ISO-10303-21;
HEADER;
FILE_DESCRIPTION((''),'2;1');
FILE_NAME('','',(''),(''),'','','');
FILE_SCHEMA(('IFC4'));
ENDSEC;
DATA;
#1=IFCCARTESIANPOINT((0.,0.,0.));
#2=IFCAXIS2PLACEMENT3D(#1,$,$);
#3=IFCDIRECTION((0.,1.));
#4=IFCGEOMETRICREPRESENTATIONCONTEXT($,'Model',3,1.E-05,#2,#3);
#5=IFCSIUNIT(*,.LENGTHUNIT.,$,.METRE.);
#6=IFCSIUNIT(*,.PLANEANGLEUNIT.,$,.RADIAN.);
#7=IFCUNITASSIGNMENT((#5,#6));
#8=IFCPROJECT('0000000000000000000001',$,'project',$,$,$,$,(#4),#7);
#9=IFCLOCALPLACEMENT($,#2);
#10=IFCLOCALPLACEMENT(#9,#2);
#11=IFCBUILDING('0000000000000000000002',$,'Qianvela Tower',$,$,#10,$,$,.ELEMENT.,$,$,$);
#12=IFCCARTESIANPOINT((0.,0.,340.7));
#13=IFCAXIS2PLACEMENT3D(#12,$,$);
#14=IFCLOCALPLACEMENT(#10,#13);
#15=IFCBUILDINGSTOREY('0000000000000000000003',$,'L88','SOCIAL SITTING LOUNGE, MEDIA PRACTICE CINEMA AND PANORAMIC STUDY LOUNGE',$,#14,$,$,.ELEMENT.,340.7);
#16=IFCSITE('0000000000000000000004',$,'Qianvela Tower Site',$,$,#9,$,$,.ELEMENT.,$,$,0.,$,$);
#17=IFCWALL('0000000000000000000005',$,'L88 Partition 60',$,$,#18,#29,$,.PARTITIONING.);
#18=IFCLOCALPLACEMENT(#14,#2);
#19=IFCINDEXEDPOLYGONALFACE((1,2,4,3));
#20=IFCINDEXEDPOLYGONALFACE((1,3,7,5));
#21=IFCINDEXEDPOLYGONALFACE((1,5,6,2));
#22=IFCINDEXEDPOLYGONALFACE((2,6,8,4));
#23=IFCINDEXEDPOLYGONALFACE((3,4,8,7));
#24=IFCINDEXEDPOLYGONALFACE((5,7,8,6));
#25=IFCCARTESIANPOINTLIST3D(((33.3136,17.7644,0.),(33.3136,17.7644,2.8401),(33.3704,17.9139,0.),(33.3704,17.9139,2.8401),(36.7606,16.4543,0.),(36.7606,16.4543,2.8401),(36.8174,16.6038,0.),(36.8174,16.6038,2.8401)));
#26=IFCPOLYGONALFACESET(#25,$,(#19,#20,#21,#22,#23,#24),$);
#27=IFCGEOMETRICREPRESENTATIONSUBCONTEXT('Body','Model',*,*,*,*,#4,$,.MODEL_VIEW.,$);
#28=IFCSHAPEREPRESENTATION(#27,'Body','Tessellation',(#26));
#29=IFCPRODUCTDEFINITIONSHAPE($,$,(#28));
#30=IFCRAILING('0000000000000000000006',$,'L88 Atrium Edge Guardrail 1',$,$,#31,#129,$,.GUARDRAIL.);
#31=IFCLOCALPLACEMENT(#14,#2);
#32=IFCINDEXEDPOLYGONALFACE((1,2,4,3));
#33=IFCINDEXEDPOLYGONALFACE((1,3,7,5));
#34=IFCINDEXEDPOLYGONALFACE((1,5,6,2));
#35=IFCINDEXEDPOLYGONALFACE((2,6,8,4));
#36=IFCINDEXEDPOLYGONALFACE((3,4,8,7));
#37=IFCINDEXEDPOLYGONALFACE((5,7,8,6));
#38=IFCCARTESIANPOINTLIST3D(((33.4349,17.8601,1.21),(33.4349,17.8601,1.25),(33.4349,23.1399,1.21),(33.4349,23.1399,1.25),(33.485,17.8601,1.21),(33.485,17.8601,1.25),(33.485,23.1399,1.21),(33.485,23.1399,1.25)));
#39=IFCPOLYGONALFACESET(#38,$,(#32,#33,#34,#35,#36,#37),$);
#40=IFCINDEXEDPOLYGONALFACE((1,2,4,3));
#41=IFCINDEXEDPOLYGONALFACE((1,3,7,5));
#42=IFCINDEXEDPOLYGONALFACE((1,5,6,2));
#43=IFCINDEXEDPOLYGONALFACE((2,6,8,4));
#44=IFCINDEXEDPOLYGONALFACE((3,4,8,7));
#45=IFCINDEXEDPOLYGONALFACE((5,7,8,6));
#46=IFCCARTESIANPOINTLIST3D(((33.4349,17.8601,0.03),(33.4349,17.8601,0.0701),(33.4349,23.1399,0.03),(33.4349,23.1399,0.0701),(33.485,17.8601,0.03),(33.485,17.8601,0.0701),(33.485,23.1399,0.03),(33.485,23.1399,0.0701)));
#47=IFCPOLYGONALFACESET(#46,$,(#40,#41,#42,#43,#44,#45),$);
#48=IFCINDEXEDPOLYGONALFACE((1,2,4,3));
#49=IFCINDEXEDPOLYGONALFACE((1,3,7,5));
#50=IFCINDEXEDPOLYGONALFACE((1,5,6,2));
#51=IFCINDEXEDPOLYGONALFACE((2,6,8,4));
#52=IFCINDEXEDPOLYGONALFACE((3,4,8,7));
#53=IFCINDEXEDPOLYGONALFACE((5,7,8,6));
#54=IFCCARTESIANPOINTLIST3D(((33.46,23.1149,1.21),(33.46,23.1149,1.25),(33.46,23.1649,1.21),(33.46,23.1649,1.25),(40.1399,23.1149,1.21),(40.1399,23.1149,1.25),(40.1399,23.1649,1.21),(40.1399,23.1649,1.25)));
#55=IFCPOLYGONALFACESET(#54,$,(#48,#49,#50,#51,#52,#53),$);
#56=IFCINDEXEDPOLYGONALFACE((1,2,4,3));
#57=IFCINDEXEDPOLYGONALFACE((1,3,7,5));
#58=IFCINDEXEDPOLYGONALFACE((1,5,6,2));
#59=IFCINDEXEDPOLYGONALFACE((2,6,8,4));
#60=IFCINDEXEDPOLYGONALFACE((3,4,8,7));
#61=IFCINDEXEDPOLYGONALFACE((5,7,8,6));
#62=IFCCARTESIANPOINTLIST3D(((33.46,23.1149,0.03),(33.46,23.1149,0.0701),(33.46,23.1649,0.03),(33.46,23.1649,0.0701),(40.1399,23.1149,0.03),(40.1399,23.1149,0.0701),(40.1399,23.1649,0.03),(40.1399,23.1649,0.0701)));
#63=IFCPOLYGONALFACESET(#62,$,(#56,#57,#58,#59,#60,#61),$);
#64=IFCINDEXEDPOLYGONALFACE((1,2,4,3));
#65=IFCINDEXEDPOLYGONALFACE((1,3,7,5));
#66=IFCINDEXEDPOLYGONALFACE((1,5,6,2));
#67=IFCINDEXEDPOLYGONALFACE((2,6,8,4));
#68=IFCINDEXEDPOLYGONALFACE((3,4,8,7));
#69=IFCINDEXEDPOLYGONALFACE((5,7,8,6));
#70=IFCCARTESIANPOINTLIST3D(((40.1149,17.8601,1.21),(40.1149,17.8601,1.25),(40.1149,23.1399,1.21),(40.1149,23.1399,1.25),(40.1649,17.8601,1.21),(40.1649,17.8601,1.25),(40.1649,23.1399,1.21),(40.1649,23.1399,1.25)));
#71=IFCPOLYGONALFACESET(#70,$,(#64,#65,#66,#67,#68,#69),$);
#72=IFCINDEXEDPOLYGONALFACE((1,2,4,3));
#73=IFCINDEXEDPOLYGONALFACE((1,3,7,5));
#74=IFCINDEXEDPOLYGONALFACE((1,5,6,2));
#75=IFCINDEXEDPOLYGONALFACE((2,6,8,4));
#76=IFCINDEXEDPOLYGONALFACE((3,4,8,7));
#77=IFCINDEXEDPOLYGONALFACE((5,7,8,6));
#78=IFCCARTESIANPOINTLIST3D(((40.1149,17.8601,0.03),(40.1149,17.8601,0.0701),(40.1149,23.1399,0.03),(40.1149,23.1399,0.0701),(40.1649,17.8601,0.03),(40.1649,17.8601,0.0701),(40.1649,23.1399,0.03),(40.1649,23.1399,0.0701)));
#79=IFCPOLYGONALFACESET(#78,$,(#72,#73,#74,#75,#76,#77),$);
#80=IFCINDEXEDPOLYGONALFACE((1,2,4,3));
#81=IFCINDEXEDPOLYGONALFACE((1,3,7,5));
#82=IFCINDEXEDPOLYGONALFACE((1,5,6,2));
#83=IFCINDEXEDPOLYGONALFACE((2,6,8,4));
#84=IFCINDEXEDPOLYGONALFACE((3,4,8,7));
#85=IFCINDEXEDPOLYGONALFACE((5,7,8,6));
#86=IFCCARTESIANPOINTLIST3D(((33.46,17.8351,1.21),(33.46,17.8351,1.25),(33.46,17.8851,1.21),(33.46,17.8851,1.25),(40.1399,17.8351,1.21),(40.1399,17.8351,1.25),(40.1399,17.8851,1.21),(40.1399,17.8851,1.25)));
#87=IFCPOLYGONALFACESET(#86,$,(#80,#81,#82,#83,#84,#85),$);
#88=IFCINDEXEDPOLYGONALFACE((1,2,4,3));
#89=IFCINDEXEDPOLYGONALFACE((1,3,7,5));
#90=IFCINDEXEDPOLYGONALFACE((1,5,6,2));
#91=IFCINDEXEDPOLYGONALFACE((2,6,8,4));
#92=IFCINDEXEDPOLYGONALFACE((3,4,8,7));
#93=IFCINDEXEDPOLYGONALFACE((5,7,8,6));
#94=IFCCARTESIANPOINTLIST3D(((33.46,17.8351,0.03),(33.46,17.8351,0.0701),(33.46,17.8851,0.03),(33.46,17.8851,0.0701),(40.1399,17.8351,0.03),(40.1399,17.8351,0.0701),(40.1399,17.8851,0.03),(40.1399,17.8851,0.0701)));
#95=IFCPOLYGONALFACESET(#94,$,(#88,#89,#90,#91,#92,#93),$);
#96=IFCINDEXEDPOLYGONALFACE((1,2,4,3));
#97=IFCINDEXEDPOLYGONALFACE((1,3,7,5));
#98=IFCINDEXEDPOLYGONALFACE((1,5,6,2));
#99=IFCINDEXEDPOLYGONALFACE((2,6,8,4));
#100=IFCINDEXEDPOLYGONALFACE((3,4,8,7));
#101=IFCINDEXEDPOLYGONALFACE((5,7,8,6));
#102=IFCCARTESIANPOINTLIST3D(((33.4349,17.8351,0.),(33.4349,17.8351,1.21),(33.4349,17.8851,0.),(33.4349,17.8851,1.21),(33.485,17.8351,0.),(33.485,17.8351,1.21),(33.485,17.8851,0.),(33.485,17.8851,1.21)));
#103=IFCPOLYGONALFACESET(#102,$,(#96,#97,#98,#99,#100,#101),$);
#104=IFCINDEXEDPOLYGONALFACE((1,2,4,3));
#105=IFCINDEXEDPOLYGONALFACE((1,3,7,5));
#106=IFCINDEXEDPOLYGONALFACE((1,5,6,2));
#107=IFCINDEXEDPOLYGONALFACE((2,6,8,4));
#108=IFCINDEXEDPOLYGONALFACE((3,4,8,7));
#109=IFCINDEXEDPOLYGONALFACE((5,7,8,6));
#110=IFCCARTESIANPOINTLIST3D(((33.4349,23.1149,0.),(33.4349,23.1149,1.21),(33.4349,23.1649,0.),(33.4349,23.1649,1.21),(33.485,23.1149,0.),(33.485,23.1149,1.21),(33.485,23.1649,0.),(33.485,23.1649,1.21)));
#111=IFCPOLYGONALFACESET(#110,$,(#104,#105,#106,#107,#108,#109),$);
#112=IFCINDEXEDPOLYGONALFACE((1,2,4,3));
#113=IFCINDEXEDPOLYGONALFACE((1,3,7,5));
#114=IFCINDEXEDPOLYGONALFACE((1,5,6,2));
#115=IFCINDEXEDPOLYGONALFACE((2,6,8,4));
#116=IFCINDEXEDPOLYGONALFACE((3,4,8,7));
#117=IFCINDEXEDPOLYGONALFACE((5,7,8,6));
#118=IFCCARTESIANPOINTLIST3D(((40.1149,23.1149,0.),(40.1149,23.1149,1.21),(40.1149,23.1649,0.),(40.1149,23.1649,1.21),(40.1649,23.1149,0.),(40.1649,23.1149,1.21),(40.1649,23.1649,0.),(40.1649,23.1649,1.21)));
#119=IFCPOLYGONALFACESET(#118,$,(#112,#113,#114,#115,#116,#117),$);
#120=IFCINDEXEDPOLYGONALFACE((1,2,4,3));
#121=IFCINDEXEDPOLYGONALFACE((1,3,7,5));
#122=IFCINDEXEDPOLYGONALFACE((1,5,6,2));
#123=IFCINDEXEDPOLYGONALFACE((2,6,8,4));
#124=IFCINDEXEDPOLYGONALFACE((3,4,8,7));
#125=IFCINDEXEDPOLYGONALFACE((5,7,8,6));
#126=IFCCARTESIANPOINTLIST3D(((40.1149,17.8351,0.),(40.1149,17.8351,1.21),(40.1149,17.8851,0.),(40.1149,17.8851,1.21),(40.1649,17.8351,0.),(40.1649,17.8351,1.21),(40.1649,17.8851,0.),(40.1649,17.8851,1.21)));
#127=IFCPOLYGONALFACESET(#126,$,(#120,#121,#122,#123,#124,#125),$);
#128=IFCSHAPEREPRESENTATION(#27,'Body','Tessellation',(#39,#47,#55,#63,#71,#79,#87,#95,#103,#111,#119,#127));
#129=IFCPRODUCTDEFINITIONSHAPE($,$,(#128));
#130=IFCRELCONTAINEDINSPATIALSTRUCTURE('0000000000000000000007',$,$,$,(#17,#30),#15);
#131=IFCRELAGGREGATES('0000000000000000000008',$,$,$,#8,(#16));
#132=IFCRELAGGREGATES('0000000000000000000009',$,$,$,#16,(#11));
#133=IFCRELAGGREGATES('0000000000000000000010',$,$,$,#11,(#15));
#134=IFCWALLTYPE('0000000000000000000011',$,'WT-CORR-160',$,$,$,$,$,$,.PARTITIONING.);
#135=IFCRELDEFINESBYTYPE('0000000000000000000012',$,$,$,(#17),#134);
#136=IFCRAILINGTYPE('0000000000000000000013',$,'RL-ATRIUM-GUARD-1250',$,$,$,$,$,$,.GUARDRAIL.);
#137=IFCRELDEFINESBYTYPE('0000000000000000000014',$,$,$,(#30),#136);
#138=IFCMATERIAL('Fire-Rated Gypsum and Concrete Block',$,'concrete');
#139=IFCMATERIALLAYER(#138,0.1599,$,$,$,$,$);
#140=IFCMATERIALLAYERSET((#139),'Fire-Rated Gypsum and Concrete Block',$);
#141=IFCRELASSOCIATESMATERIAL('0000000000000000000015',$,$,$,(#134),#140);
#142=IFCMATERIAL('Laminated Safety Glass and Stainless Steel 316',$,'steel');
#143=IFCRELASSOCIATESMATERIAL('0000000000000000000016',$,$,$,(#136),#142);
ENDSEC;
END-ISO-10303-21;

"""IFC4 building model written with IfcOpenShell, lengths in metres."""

from ifc_helpers import new_model, si_unit, direction, frame, frame_2d, origin, origin_2d, place, context, subcontext, project, spatial, rectangle, extrude, material, layer, layer_set, type_object, element, save


model = new_model("IFC4")

# Units and contexts
model_context = context("Model", 3, precision=1e-05, world=origin(), true_north=direction((0.0, 1.0)))
body_context = subcontext(model_context, "Body", "Model", "MODEL_VIEW")
ifc_project = project(units=[si_unit("LENGTHUNIT", "METRE"), si_unit("PLANEANGLEUNIT", "RADIAN")], contexts=[model_context])

# Site, building, storey
site_placement = place(None, origin())
site = spatial("IfcSite", under=ifc_project, at=site_placement, Name="Qianvela Tower Site", CompositionType="ELEMENT", RefElevation=0.0)
building_placement = place(site_placement, origin())
building = spatial("IfcBuilding", under=site, at=building_placement, Name="Qianvela Tower", CompositionType="ELEMENT")
storey_placement = place(building_placement, frame((0.0, 0.0, 340.7)))
storey = spatial("IfcBuildingStorey", under=building, at=storey_placement, Name="L88", Description="SOCIAL SITTING LOUNGE, MEDIA PRACTICE CINEMA AND PANORAMIC STUDY LOUNGE", CompositionType="ELEMENT", Elevation=340.7)

# Shared definitions
ifc_material_1 = material(Name="Fire-Rated Gypsum and Concrete Block", Category="concrete")
ifc_layer_1 = layer(ifc_material_1, 0.1599)
ifc_layer_set_1 = layer_set([ifc_layer_1], Name="Fire-Rated Gypsum and Concrete Block")
wall_type = type_object("IfcWallType", Name="WT-CORR-160", PredefinedType="PARTITIONING", material=ifc_layer_set_1)

# Wall
wall_1_placement = place(storey_placement, frame((33.342, 17.8391, 0.0), z_axis=(0.0, 0.0, 1.0), x_axis=(0.934766, -0.355263, 0.0)))
element("IfcWall", 1, at=wall_1_placement, inside=storey, type_object=wall_type, Name="L88 Partition 60", PredefinedType="PARTITIONING", context=body_context, shape_type="SweptSolid", body=[
    extrude(rectangle(XDim=3.6875, YDim=0.1599, at=frame_2d((1.8438, 0.0))), origin(), (0.0, 0.0, 1.0), 2.8401),
])

# Railing
ifc_material_2 = material(Name="Laminated Safety Glass and Stainless Steel 316", Category="steel")
railing_type = type_object("IfcRailingType", Name="RL-ATRIUM-GUARD-1250", PredefinedType="GUARDRAIL", material=ifc_material_2)
railing_placement = place(storey_placement, frame((33.46, 17.8601, 0.0)))
element("IfcRailing", 2, at=railing_placement, inside=storey, type_object=railing_type, Name="L88 Atrium Edge Guardrail 1", PredefinedType="GUARDRAIL", context=body_context, shape_type="SweptSolid", body=[
    extrude(rectangle(XDim=0.05, YDim=0.04, at=origin_2d()), frame((0.0, 0.0, 1.23), z_axis=(0.0, 1.0, 0.0), x_axis=(-1.0, 0.0, 0.0)), (0.0, 0.0, 1.0), 5.2798),
    extrude(rectangle(XDim=0.05, YDim=0.04, at=origin_2d()), frame((0.0, 0.0, 0.05), z_axis=(0.0, 1.0, 0.0), x_axis=(-1.0, 0.0, 0.0)), (0.0, 0.0, 1.0), 5.2798),
    extrude(rectangle(XDim=0.05, YDim=0.04, at=origin_2d()), frame((0.0, 5.2798, 1.23), z_axis=(1.0, 0.0, 0.0), x_axis=(0.0, 1.0, 0.0)), (0.0, 0.0, 1.0), 6.6799),
    extrude(rectangle(XDim=0.05, YDim=0.04, at=origin_2d()), frame((0.0, 5.2798, 0.05), z_axis=(1.0, 0.0, 0.0), x_axis=(0.0, 1.0, 0.0)), (0.0, 0.0, 1.0), 6.6799),
    extrude(rectangle(XDim=0.05, YDim=0.04, at=origin_2d()), frame((6.6799, 5.2798, 1.23), z_axis=(0.0, -1.0, 0.0), x_axis=(1.0, 0.0, 0.0)), (0.0, 0.0, 1.0), 5.2798),
    extrude(rectangle(XDim=0.05, YDim=0.04, at=origin_2d()), frame((6.6799, 5.2798, 0.05), z_axis=(0.0, -1.0, 0.0), x_axis=(1.0, 0.0, 0.0)), (0.0, 0.0, 1.0), 5.2798),
    extrude(rectangle(XDim=0.05, YDim=0.04, at=origin_2d()), frame((6.6799, 0.0, 1.23), z_axis=(-1.0, 0.0, 0.0), x_axis=(0.0, -1.0, 0.0)), (0.0, 0.0, 1.0), 6.6799),
    extrude(rectangle(XDim=0.05, YDim=0.04, at=origin_2d()), frame((6.6799, 0.0, 0.05), z_axis=(-1.0, 0.0, 0.0), x_axis=(0.0, -1.0, 0.0)), (0.0, 0.0, 1.0), 6.6799),
    extrude(rectangle(XDim=0.05, YDim=0.05, at=origin_2d()), origin(), (0.0, 0.0, 1.0), 1.21),
    extrude(rectangle(XDim=0.05, YDim=0.05, at=origin_2d()), frame((0.0, 5.2798, 0.0)), (0.0, 0.0, 1.0), 1.21),
    extrude(rectangle(XDim=0.05, YDim=0.05, at=origin_2d()), frame((6.6799, 5.2798, 0.0)), (0.0, 0.0, 1.0), 1.21),
    extrude(rectangle(XDim=0.05, YDim=0.05, at=origin_2d()), frame((6.6799, 0.0, 0.0)), (0.0, 0.0, 1.0), 1.21),
])

save(model, "model.ifc")
